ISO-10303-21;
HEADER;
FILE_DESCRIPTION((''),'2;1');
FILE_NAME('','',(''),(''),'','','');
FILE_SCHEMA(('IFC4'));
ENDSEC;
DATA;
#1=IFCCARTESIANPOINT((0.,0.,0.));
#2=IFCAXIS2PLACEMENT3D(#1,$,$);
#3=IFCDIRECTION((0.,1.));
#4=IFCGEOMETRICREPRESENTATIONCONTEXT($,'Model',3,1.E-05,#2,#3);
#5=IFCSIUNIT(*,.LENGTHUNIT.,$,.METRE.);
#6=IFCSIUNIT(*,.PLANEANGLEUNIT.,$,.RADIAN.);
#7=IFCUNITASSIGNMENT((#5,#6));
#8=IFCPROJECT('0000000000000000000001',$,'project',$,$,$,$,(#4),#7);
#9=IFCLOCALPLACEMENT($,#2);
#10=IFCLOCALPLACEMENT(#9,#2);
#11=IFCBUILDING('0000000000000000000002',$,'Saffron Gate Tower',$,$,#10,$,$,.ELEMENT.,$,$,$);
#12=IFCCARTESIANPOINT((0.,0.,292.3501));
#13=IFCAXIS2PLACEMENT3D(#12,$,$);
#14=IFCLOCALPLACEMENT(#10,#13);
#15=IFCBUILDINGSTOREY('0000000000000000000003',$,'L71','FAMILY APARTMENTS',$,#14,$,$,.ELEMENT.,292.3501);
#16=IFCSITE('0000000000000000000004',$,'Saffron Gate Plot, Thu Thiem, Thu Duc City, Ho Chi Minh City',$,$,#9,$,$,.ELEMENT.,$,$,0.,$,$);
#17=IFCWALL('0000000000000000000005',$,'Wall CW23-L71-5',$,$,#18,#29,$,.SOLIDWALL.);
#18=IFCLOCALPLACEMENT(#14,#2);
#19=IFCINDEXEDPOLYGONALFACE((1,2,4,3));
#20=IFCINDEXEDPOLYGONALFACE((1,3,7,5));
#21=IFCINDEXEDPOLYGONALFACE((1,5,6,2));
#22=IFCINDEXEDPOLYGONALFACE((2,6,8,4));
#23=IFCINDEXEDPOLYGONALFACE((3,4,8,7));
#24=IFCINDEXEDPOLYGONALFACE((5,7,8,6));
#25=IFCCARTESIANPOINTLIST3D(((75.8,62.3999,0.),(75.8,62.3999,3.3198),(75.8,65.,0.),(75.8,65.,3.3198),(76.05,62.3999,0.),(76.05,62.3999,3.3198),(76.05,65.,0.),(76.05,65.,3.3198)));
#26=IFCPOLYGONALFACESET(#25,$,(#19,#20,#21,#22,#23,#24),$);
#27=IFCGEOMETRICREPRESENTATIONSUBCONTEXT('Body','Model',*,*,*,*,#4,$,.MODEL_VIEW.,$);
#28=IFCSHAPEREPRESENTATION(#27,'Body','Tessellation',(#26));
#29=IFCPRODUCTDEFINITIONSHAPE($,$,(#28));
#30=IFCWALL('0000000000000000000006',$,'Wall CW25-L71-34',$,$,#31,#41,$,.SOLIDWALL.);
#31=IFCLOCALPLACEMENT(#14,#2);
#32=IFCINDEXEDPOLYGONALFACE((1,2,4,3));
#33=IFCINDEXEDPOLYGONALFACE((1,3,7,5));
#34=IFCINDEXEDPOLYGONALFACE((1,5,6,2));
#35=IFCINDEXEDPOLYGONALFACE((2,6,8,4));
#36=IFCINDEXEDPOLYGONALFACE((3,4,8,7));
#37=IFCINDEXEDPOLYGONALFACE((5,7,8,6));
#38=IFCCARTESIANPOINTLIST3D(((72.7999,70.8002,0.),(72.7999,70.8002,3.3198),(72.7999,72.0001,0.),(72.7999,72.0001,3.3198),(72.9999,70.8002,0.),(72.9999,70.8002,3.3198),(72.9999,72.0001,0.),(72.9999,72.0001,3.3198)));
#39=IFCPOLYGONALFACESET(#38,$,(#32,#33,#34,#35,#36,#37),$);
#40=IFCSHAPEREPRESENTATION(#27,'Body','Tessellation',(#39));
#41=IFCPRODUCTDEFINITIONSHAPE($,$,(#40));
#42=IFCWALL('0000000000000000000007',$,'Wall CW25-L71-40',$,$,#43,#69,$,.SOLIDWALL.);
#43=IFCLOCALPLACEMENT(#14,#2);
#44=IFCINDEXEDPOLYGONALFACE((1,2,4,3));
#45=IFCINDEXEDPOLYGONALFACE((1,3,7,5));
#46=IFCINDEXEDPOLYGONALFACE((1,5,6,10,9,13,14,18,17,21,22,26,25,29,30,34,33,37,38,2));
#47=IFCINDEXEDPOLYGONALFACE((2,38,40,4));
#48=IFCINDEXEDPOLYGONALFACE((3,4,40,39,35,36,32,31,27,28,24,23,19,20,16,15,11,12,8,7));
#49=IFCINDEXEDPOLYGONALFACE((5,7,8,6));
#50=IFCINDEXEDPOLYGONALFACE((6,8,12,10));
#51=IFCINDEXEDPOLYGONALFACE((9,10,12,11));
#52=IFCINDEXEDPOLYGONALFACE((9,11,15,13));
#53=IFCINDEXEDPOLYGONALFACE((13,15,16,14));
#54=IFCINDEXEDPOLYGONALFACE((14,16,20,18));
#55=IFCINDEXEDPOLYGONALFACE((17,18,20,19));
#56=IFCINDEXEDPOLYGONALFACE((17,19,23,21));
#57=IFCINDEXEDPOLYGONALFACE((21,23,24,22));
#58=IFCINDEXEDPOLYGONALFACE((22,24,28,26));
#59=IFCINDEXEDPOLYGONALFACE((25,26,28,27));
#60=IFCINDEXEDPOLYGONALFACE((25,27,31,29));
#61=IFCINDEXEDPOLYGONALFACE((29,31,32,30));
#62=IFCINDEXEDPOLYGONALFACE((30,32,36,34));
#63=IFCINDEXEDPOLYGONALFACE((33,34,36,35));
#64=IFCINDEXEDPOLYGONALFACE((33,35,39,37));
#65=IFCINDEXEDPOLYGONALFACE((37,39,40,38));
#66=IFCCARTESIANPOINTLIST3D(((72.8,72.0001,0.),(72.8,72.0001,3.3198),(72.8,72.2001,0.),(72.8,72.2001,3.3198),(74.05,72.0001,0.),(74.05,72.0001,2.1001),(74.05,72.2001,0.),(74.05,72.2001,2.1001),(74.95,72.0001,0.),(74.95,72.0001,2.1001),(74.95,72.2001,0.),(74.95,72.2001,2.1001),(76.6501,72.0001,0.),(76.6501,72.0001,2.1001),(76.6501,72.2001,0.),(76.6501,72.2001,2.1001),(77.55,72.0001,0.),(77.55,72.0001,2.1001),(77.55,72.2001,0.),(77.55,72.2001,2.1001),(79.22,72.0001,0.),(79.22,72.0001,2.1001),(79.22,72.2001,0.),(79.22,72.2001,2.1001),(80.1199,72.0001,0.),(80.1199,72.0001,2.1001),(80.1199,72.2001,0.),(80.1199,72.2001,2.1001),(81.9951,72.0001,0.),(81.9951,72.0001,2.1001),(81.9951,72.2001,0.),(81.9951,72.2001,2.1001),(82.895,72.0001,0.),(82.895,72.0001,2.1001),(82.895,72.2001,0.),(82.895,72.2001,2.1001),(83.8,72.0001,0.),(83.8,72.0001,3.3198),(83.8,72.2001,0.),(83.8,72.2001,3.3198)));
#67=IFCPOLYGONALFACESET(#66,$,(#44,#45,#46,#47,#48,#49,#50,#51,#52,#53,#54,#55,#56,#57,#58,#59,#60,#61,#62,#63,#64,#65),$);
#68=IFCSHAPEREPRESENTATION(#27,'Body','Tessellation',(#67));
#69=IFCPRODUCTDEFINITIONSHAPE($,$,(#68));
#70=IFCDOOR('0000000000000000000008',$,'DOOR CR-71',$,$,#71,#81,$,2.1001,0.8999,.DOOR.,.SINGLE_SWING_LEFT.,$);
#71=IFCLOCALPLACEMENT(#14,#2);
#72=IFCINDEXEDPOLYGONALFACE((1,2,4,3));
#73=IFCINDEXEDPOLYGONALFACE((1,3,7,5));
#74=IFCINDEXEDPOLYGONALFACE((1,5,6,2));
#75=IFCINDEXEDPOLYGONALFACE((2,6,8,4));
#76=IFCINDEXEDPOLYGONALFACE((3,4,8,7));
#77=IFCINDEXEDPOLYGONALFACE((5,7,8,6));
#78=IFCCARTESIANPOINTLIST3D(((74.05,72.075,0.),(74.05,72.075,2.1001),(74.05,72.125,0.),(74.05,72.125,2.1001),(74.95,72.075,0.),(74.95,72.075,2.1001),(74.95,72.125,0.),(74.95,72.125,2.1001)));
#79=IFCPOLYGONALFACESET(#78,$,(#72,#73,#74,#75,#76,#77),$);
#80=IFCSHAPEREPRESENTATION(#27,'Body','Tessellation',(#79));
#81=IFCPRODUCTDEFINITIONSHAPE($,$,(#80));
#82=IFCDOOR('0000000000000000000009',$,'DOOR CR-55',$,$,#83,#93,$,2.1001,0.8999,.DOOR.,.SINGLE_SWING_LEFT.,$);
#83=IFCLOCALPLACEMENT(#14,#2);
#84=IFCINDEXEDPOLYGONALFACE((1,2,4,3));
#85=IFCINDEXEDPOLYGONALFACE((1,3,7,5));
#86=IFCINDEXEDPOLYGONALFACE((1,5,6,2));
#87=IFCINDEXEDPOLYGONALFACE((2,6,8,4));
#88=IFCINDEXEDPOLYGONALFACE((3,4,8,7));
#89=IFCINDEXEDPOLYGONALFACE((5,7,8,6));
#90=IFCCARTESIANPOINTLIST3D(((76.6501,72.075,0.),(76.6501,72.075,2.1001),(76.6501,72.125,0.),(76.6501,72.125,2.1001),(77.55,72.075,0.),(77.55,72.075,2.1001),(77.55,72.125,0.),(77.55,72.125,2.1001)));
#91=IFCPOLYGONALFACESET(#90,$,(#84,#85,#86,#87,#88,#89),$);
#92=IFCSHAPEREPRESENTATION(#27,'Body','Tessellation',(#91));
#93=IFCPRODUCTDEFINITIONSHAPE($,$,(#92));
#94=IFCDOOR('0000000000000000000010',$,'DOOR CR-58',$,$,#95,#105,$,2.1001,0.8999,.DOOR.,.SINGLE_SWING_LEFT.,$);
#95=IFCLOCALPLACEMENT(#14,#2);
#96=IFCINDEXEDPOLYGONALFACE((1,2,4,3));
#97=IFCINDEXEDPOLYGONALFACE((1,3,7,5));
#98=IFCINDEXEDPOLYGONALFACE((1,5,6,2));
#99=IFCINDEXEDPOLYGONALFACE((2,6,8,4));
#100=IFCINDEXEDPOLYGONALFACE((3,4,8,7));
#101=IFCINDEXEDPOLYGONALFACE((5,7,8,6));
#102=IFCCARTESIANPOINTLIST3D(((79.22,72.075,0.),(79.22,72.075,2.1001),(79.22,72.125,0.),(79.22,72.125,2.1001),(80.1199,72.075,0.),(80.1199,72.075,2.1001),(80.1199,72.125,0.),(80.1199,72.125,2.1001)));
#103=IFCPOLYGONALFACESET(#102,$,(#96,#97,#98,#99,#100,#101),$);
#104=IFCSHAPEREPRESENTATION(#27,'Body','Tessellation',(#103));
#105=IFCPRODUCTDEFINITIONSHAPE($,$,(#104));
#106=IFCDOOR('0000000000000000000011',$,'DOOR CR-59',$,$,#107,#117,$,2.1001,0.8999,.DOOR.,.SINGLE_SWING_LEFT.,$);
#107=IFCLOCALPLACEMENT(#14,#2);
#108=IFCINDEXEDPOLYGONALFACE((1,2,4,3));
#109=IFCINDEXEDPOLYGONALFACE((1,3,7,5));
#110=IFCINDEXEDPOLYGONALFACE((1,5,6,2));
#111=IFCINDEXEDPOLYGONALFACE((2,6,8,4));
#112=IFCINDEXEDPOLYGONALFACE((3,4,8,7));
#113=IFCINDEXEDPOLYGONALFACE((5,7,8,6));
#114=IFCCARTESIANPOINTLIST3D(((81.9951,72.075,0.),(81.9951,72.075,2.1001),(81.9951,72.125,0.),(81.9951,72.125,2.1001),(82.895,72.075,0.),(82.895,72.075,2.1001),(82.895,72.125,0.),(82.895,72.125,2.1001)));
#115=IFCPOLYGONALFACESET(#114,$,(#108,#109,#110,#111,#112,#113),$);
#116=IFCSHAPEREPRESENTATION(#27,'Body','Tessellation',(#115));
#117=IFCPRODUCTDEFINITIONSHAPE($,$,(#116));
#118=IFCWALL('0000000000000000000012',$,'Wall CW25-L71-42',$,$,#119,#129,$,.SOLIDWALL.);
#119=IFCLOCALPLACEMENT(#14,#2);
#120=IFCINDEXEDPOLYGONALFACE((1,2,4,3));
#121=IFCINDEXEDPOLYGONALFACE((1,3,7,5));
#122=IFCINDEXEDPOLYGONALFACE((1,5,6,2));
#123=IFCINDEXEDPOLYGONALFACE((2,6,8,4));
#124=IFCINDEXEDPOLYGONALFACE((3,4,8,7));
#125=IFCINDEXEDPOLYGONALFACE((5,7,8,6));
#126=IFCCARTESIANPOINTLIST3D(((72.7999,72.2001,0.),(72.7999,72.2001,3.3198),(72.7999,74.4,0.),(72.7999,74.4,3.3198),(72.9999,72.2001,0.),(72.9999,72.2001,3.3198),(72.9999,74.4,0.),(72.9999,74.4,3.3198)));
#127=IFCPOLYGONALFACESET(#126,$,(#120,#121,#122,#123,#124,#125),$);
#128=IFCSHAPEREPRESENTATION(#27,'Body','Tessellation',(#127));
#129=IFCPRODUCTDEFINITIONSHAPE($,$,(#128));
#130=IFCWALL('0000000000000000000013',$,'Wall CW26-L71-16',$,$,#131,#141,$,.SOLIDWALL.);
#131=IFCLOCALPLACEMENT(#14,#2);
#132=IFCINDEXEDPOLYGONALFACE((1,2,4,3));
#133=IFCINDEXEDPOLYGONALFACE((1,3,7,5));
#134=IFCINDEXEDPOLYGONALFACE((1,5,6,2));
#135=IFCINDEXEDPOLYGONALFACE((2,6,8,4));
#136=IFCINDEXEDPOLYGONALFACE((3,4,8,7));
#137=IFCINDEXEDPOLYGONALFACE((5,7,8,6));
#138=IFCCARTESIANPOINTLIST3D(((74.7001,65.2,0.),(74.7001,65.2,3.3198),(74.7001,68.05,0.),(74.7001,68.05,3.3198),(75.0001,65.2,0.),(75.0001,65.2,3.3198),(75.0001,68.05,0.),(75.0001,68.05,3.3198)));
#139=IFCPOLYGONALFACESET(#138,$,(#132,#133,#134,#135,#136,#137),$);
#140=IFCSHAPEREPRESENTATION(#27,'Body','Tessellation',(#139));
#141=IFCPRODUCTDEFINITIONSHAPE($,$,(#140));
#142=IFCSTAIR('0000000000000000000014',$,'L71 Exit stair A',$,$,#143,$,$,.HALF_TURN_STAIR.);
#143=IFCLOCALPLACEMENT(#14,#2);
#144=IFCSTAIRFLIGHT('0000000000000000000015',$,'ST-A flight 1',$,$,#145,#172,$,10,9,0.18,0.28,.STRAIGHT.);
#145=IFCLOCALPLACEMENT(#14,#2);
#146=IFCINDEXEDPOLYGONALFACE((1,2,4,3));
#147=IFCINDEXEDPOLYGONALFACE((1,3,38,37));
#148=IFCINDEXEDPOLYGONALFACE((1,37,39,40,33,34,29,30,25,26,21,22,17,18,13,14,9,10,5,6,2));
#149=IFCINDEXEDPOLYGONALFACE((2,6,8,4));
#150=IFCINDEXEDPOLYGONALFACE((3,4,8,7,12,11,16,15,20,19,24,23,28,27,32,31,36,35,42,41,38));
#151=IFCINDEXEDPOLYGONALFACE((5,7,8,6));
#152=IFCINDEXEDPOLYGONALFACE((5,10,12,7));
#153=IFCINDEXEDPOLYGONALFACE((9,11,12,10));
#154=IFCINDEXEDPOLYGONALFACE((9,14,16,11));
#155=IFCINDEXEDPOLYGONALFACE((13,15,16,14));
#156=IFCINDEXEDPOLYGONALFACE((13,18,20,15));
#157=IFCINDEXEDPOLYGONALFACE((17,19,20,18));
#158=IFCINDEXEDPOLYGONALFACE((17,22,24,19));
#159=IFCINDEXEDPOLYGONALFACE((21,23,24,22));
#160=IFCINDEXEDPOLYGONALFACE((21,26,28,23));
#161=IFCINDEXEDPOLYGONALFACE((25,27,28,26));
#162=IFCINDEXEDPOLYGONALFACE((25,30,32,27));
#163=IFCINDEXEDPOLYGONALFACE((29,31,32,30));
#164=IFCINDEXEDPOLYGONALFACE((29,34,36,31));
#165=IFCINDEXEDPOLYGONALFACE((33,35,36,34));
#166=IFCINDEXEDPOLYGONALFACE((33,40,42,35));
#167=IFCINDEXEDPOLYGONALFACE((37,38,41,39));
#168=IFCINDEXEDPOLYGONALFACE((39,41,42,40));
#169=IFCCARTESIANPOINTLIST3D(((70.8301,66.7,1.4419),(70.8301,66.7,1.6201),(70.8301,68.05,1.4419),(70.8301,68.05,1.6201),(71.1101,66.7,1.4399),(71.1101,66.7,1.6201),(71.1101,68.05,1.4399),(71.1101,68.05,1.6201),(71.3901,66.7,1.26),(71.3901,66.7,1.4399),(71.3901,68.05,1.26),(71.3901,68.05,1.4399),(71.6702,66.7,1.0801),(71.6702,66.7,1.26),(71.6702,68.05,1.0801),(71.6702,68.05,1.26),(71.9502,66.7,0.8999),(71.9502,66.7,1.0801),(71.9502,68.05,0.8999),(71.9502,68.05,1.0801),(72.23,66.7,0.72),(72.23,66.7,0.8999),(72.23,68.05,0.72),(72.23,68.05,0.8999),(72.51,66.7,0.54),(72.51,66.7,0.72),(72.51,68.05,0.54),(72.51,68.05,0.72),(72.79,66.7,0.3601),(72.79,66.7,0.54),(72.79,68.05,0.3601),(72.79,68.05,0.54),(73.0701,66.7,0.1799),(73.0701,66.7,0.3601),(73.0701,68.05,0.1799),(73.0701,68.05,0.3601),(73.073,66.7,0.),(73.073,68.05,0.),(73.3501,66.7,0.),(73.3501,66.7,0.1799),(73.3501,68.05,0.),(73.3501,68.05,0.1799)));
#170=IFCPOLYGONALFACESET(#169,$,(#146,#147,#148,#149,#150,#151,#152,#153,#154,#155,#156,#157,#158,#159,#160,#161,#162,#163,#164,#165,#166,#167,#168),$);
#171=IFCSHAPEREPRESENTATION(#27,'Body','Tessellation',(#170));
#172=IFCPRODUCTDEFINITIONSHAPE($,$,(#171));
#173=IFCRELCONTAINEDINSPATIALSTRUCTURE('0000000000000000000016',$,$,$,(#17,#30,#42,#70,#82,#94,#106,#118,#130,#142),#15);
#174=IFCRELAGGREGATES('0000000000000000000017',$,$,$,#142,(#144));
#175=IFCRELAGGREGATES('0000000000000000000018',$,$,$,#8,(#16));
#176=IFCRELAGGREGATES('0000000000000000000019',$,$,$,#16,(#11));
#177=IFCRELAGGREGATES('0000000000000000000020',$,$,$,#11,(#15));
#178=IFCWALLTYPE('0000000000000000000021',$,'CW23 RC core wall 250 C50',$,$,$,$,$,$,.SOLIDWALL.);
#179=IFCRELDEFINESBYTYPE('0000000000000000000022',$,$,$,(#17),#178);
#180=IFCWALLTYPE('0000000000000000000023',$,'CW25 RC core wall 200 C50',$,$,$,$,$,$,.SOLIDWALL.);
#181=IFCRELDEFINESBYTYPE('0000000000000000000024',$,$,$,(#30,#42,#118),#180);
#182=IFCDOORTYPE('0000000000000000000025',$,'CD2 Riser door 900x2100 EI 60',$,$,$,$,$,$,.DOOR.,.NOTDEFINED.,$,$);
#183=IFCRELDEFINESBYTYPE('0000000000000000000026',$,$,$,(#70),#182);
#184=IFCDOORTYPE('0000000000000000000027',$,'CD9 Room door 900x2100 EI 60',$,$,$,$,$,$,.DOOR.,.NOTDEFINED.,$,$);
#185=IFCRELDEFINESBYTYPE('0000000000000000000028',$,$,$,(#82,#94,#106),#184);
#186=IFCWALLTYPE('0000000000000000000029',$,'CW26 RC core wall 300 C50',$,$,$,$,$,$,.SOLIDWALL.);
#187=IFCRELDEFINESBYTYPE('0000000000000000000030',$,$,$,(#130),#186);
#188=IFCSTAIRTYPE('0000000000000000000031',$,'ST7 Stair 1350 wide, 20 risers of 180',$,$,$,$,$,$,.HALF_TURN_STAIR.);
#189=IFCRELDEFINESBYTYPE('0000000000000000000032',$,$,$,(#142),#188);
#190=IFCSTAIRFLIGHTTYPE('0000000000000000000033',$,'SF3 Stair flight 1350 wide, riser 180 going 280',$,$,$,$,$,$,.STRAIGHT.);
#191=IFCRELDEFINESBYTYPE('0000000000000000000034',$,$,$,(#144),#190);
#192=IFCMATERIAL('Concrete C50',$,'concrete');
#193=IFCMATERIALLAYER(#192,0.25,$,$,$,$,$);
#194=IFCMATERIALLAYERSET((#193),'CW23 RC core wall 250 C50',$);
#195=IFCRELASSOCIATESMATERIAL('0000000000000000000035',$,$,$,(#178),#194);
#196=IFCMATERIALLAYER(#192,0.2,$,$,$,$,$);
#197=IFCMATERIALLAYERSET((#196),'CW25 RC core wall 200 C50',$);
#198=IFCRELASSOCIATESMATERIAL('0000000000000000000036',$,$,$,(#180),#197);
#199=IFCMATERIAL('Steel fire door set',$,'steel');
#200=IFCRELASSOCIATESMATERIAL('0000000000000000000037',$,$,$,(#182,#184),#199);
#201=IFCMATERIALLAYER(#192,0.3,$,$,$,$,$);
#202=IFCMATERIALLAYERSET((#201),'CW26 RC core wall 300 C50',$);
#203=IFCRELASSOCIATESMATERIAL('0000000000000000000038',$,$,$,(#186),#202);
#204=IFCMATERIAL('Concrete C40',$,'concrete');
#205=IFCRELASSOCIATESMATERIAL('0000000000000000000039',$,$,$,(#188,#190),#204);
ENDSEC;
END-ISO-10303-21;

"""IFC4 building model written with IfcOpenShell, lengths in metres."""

from ifc_helpers import new_model, si_unit, direction, frame, frame_2d, origin, place, context, subcontext, project, spatial, polyline, rectangle, outline, extrude, material, layer, layer_set, type_object, element, fill, aggregate, save


model = new_model("IFC4")

# Units and contexts
model_context = context("Model", 3, precision=1e-05, world=origin(), true_north=direction((0.0, 1.0)))
body_context = subcontext(model_context, "Body", "Model", "MODEL_VIEW")
ifc_project = project(units=[si_unit("LENGTHUNIT", "METRE"), si_unit("PLANEANGLEUNIT", "RADIAN")], contexts=[model_context])

# Site, building, storey
site_placement = place(None, origin())
site = spatial("IfcSite", under=ifc_project, at=site_placement, Name="Saffron Gate Plot, Thu Thiem, Thu Duc City, Ho Chi Minh City", CompositionType="ELEMENT", RefElevation=0.0)
building_placement = place(site_placement, origin())
building = spatial("IfcBuilding", under=site, at=building_placement, Name="Saffron Gate Tower", CompositionType="ELEMENT")
storey_placement = place(building_placement, frame((0.0, 0.0, 292.3501)))
storey = spatial("IfcBuildingStorey", under=building, at=storey_placement, Name="L71", Description="FAMILY APARTMENTS", CompositionType="ELEMENT", Elevation=292.3501)

# Walls
ifc_material_1 = material(Name="Concrete C50", Category="concrete")
ifc_layer_1 = layer(ifc_material_1, 0.25)
ifc_layer_set_1 = layer_set([ifc_layer_1], Name="CW23 RC core wall 250 C50")
wall_type_1 = type_object("IfcWallType", Name="CW23 RC core wall 250 C50", PredefinedType="SOLIDWALL", material=ifc_layer_set_1)
wall_1_placement = place(storey_placement, frame((75.925, 62.3999, 0.0), z_axis=(0.0, 0.0, 1.0), x_axis=(0.0, 1.0, 0.0)))
element("IfcWall", 1, at=wall_1_placement, inside=storey, type_object=wall_type_1, Name="Wall CW23-L71-5", PredefinedType="SOLIDWALL", context=body_context, shape_type="SweptSolid", body=[
    extrude(rectangle(XDim=2.6001, YDim=0.25, at=frame_2d((1.3, 0.0))), origin(), (0.0, 0.0, 1.0), 3.3198),
])
ifc_layer_2 = layer(ifc_material_1, 0.2)
ifc_layer_set_2 = layer_set([ifc_layer_2], Name="CW25 RC core wall 200 C50")
wall_type_2 = type_object("IfcWallType", Name="CW25 RC core wall 200 C50", PredefinedType="SOLIDWALL", material=ifc_layer_set_2)
wall_2_placement = place(storey_placement, frame((72.8999, 70.8, 0.0), z_axis=(0.0, 0.0, 1.0), x_axis=(0.0, 1.0, 0.0)))
element("IfcWall", 2, at=wall_2_placement, inside=storey, type_object=wall_type_2, Name="Wall CW25-L71-34", PredefinedType="SOLIDWALL", context=body_context, shape_type="SweptSolid", body=[
    extrude(rectangle(XDim=1.2, YDim=0.2, at=frame_2d((0.6001, 0.0))), origin(), (0.0, 0.0, 1.0), 3.3198),
])

# Wall, openings, doors
wall_3_placement = place(storey_placement, frame((72.8, 72.1001, 0.0), z_axis=(0.0, 0.0, 1.0), x_axis=(1.0, 0.0, 0.0)))
wall_3 = element("IfcWall", 3, at=wall_3_placement, inside=storey, type_object=wall_type_2, Name="Wall CW25-L71-40", PredefinedType="SOLIDWALL", context=body_context, shape_type="SweptSolid", body=[
    extrude(rectangle(XDim=11.0, YDim=0.2, at=frame_2d((5.5, 0.0))), origin(), (0.0, 0.0, 1.0), 3.3198),
])
opening_1_placement = place(wall_3_placement, frame((1.25, 0.0, 0.0)))
opening_1 = element("IfcOpeningElement", 4, at=opening_1_placement, cuts=wall_3, PredefinedType="OPENING", context=body_context, shape_type="SweptSolid", body=[
    extrude(rectangle(XDim=0.8999, YDim=2.1001, at=frame_2d((0.45, 1.05))), frame((0.0, 0.1099, 0.0), z_axis=(0.0, -1.0, 0.0), x_axis=(1.0, 0.0, 0.0)), (0.0, 0.0, 1.0), 0.22),
])
opening_2_placement = place(wall_3_placement, frame((3.8501, 0.0, 0.0)))
opening_2 = element("IfcOpeningElement", 5, at=opening_2_placement, cuts=wall_3, PredefinedType="OPENING", context=body_context, shape_type="SweptSolid", body=[
    extrude(rectangle(XDim=0.8999, YDim=2.1001, at=frame_2d((0.45, 1.05))), frame((0.0, 0.1099, 0.0), z_axis=(0.0, -1.0, 0.0), x_axis=(1.0, 0.0, 0.0)), (0.0, 0.0, 1.0), 0.22),
])
opening_3_placement = place(wall_3_placement, frame((6.4199, 0.0, 0.0)))
opening_3 = element("IfcOpeningElement", 6, at=opening_3_placement, cuts=wall_3, PredefinedType="OPENING", context=body_context, shape_type="SweptSolid", body=[
    extrude(rectangle(XDim=0.8999, YDim=2.1001, at=frame_2d((0.45, 1.05))), frame((0.0, 0.1099, 0.0), z_axis=(0.0, -1.0, 0.0), x_axis=(1.0, 0.0, 0.0)), (0.0, 0.0, 1.0), 0.22),
])
opening_4_placement = place(wall_3_placement, frame((9.1951, 0.0, 0.0)))
opening_4 = element("IfcOpeningElement", 7, at=opening_4_placement, cuts=wall_3, PredefinedType="OPENING", context=body_context, shape_type="SweptSolid", body=[
    extrude(rectangle(XDim=0.8999, YDim=2.1001, at=frame_2d((0.45, 1.05))), frame((0.0, 0.1099, 0.0), z_axis=(0.0, -1.0, 0.0), x_axis=(1.0, 0.0, 0.0)), (0.0, 0.0, 1.0), 0.22),
])
ifc_material_2 = material(Name="Steel fire door set", Category="steel")
door_type_1 = type_object("IfcDoorType", Name="CD2 Riser door 900x2100 EI 60", OperationType="NOTDEFINED", PredefinedType="DOOR", material=ifc_material_2)
door_1_placement = place(opening_1_placement, origin())
door_1 = element("IfcDoor", 8, at=door_1_placement, inside=storey, type_object=door_type_1, Name="DOOR CR-71", OperationType="SINGLE_SWING_LEFT", OverallHeight=2.1001, OverallWidth=0.8999, PredefinedType="DOOR", context=body_context, shape_type="SweptSolid", body=[
    extrude(rectangle(XDim=0.8999, YDim=2.1001, at=frame_2d((0.45, 1.05))), frame((0.0, 0.0249, 0.0), z_axis=(0.0, -1.0, 0.0), x_axis=(1.0, 0.0, 0.0)), (0.0, 0.0, 1.0), 0.05),
])
fill(opening_1, door_1)
door_type_2 = type_object("IfcDoorType", Name="CD9 Room door 900x2100 EI 60", OperationType="NOTDEFINED", PredefinedType="DOOR", material=ifc_material_2)
door_2_placement = place(opening_2_placement, origin())
door_2 = element("IfcDoor", 9, at=door_2_placement, inside=storey, type_object=door_type_2, Name="DOOR CR-55", OperationType="SINGLE_SWING_LEFT", OverallHeight=2.1001, OverallWidth=0.8999, PredefinedType="DOOR", context=body_context, shape_type="SweptSolid", body=[
    extrude(rectangle(XDim=0.8999, YDim=2.1001, at=frame_2d((0.45, 1.05))), frame((0.0, 0.0249, 0.0), z_axis=(0.0, -1.0, 0.0), x_axis=(1.0, 0.0, 0.0)), (0.0, 0.0, 1.0), 0.05),
])
fill(opening_2, door_2)
door_3_placement = place(opening_3_placement, origin())
door_3 = element("IfcDoor", 10, at=door_3_placement, inside=storey, type_object=door_type_2, Name="DOOR CR-58", OperationType="SINGLE_SWING_LEFT", OverallHeight=2.1001, OverallWidth=0.8999, PredefinedType="DOOR", context=body_context, shape_type="SweptSolid", body=[
    extrude(rectangle(XDim=0.8999, YDim=2.1001, at=frame_2d((0.45, 1.05))), frame((0.0, 0.0249, 0.0), z_axis=(0.0, -1.0, 0.0), x_axis=(1.0, 0.0, 0.0)), (0.0, 0.0, 1.0), 0.05),
])
fill(opening_3, door_3)
door_4_placement = place(opening_4_placement, origin())
door_4 = element("IfcDoor", 11, at=door_4_placement, inside=storey, type_object=door_type_2, Name="DOOR CR-59", OperationType="SINGLE_SWING_LEFT", OverallHeight=2.1001, OverallWidth=0.8999, PredefinedType="DOOR", context=body_context, shape_type="SweptSolid", body=[
    extrude(rectangle(XDim=0.8999, YDim=2.1001, at=frame_2d((0.45, 1.05))), frame((0.0, 0.0249, 0.0), z_axis=(0.0, -1.0, 0.0), x_axis=(1.0, 0.0, 0.0)), (0.0, 0.0, 1.0), 0.05),
])
fill(opening_4, door_4)

# Walls
wall_4_placement = place(storey_placement, frame((72.8999, 72.2, 0.0), z_axis=(0.0, 0.0, 1.0), x_axis=(0.0, 1.0, 0.0)))
element("IfcWall", 12, at=wall_4_placement, inside=storey, type_object=wall_type_2, Name="Wall CW25-L71-42", PredefinedType="SOLIDWALL", context=body_context, shape_type="SweptSolid", body=[
    extrude(rectangle(XDim=2.2, YDim=0.2, at=frame_2d((1.1001, 0.0))), origin(), (0.0, 0.0, 1.0), 3.3198),
])
ifc_layer_3 = layer(ifc_material_1, 0.3)
ifc_layer_set_3 = layer_set([ifc_layer_3], Name="CW26 RC core wall 300 C50")
wall_type_3 = type_object("IfcWallType", Name="CW26 RC core wall 300 C50", PredefinedType="SOLIDWALL", material=ifc_layer_set_3)
wall_5_placement = place(storey_placement, frame((74.8501, 65.2, 0.0), z_axis=(0.0, 0.0, 1.0), x_axis=(0.0, 1.0, 0.0)))
element("IfcWall", 13, at=wall_5_placement, inside=storey, type_object=wall_type_3, Name="Wall CW26-L71-16", PredefinedType="SOLIDWALL", context=body_context, shape_type="SweptSolid", body=[
    extrude(rectangle(XDim=2.8501, YDim=0.3, at=frame_2d((1.425, 0.0))), origin(), (0.0, 0.0, 1.0), 3.3198),
])

# Stair, stair flight
ifc_material_3 = material(Name="Concrete C40", Category="concrete")
stair_type = type_object("IfcStairType", Name="ST7 Stair 1350 wide, 20 risers of 180", PredefinedType="HALF_TURN_STAIR", material=ifc_material_3)
stair_placement = place(storey_placement, origin())
stair = element("IfcStair", 14, at=stair_placement, inside=storey, type_object=stair_type, Name="L71 Exit stair A", PredefinedType="HALF_TURN_STAIR")
stair_flight_type = type_object("IfcStairFlightType", Name="SF3 Stair flight 1350 wide, riser 180 going 280", PredefinedType="STRAIGHT", material=ifc_material_3)
stair_flight_1_placement = place(storey_placement, frame((73.3501, 67.375, 0.0), z_axis=(0.0, 0.0, 1.0), x_axis=(-1.0, 0.0, 0.0)))
stair_flight_1 = element("IfcStairFlight", 15, at=stair_flight_1_placement, type_object=stair_flight_type, Name="ST-A flight 1", NumberOfRisers=10, NumberOfTreads=9, PredefinedType="STRAIGHT", RiserHeight=0.18, TreadLength=0.28, context=body_context, shape_type="SweptSolid", body=[
    extrude(outline(polyline([(0.0, 0.0), (0.0, 0.1799), (0.28, 0.1799), (0.28, 0.3601), (0.5601, 0.3601), (0.5601, 0.54), (0.8401, 0.54), (0.8401, 0.72), (1.1201, 0.72), (1.1201, 0.8999), (1.3999, 0.8999), (1.3999, 1.0801), (1.6799, 1.0801), (1.6799, 1.26), (1.96, 1.26), (1.96, 1.4399), (2.24, 1.4399), (2.24, 1.6201), (2.52, 1.6201), (2.52, 1.8), (2.52, 1.4419), (0.2771, 0.0), (0.0, 0.0)])), frame((0.0, 0.675, 0.0), z_axis=(0.0, -1.0, 0.0), x_axis=(1.0, 0.0, 0.0)), (0.0, 0.0, 1.0), 1.3501),
])
aggregate(stair, [stair_flight_1])

save(model, "model.ifc")
